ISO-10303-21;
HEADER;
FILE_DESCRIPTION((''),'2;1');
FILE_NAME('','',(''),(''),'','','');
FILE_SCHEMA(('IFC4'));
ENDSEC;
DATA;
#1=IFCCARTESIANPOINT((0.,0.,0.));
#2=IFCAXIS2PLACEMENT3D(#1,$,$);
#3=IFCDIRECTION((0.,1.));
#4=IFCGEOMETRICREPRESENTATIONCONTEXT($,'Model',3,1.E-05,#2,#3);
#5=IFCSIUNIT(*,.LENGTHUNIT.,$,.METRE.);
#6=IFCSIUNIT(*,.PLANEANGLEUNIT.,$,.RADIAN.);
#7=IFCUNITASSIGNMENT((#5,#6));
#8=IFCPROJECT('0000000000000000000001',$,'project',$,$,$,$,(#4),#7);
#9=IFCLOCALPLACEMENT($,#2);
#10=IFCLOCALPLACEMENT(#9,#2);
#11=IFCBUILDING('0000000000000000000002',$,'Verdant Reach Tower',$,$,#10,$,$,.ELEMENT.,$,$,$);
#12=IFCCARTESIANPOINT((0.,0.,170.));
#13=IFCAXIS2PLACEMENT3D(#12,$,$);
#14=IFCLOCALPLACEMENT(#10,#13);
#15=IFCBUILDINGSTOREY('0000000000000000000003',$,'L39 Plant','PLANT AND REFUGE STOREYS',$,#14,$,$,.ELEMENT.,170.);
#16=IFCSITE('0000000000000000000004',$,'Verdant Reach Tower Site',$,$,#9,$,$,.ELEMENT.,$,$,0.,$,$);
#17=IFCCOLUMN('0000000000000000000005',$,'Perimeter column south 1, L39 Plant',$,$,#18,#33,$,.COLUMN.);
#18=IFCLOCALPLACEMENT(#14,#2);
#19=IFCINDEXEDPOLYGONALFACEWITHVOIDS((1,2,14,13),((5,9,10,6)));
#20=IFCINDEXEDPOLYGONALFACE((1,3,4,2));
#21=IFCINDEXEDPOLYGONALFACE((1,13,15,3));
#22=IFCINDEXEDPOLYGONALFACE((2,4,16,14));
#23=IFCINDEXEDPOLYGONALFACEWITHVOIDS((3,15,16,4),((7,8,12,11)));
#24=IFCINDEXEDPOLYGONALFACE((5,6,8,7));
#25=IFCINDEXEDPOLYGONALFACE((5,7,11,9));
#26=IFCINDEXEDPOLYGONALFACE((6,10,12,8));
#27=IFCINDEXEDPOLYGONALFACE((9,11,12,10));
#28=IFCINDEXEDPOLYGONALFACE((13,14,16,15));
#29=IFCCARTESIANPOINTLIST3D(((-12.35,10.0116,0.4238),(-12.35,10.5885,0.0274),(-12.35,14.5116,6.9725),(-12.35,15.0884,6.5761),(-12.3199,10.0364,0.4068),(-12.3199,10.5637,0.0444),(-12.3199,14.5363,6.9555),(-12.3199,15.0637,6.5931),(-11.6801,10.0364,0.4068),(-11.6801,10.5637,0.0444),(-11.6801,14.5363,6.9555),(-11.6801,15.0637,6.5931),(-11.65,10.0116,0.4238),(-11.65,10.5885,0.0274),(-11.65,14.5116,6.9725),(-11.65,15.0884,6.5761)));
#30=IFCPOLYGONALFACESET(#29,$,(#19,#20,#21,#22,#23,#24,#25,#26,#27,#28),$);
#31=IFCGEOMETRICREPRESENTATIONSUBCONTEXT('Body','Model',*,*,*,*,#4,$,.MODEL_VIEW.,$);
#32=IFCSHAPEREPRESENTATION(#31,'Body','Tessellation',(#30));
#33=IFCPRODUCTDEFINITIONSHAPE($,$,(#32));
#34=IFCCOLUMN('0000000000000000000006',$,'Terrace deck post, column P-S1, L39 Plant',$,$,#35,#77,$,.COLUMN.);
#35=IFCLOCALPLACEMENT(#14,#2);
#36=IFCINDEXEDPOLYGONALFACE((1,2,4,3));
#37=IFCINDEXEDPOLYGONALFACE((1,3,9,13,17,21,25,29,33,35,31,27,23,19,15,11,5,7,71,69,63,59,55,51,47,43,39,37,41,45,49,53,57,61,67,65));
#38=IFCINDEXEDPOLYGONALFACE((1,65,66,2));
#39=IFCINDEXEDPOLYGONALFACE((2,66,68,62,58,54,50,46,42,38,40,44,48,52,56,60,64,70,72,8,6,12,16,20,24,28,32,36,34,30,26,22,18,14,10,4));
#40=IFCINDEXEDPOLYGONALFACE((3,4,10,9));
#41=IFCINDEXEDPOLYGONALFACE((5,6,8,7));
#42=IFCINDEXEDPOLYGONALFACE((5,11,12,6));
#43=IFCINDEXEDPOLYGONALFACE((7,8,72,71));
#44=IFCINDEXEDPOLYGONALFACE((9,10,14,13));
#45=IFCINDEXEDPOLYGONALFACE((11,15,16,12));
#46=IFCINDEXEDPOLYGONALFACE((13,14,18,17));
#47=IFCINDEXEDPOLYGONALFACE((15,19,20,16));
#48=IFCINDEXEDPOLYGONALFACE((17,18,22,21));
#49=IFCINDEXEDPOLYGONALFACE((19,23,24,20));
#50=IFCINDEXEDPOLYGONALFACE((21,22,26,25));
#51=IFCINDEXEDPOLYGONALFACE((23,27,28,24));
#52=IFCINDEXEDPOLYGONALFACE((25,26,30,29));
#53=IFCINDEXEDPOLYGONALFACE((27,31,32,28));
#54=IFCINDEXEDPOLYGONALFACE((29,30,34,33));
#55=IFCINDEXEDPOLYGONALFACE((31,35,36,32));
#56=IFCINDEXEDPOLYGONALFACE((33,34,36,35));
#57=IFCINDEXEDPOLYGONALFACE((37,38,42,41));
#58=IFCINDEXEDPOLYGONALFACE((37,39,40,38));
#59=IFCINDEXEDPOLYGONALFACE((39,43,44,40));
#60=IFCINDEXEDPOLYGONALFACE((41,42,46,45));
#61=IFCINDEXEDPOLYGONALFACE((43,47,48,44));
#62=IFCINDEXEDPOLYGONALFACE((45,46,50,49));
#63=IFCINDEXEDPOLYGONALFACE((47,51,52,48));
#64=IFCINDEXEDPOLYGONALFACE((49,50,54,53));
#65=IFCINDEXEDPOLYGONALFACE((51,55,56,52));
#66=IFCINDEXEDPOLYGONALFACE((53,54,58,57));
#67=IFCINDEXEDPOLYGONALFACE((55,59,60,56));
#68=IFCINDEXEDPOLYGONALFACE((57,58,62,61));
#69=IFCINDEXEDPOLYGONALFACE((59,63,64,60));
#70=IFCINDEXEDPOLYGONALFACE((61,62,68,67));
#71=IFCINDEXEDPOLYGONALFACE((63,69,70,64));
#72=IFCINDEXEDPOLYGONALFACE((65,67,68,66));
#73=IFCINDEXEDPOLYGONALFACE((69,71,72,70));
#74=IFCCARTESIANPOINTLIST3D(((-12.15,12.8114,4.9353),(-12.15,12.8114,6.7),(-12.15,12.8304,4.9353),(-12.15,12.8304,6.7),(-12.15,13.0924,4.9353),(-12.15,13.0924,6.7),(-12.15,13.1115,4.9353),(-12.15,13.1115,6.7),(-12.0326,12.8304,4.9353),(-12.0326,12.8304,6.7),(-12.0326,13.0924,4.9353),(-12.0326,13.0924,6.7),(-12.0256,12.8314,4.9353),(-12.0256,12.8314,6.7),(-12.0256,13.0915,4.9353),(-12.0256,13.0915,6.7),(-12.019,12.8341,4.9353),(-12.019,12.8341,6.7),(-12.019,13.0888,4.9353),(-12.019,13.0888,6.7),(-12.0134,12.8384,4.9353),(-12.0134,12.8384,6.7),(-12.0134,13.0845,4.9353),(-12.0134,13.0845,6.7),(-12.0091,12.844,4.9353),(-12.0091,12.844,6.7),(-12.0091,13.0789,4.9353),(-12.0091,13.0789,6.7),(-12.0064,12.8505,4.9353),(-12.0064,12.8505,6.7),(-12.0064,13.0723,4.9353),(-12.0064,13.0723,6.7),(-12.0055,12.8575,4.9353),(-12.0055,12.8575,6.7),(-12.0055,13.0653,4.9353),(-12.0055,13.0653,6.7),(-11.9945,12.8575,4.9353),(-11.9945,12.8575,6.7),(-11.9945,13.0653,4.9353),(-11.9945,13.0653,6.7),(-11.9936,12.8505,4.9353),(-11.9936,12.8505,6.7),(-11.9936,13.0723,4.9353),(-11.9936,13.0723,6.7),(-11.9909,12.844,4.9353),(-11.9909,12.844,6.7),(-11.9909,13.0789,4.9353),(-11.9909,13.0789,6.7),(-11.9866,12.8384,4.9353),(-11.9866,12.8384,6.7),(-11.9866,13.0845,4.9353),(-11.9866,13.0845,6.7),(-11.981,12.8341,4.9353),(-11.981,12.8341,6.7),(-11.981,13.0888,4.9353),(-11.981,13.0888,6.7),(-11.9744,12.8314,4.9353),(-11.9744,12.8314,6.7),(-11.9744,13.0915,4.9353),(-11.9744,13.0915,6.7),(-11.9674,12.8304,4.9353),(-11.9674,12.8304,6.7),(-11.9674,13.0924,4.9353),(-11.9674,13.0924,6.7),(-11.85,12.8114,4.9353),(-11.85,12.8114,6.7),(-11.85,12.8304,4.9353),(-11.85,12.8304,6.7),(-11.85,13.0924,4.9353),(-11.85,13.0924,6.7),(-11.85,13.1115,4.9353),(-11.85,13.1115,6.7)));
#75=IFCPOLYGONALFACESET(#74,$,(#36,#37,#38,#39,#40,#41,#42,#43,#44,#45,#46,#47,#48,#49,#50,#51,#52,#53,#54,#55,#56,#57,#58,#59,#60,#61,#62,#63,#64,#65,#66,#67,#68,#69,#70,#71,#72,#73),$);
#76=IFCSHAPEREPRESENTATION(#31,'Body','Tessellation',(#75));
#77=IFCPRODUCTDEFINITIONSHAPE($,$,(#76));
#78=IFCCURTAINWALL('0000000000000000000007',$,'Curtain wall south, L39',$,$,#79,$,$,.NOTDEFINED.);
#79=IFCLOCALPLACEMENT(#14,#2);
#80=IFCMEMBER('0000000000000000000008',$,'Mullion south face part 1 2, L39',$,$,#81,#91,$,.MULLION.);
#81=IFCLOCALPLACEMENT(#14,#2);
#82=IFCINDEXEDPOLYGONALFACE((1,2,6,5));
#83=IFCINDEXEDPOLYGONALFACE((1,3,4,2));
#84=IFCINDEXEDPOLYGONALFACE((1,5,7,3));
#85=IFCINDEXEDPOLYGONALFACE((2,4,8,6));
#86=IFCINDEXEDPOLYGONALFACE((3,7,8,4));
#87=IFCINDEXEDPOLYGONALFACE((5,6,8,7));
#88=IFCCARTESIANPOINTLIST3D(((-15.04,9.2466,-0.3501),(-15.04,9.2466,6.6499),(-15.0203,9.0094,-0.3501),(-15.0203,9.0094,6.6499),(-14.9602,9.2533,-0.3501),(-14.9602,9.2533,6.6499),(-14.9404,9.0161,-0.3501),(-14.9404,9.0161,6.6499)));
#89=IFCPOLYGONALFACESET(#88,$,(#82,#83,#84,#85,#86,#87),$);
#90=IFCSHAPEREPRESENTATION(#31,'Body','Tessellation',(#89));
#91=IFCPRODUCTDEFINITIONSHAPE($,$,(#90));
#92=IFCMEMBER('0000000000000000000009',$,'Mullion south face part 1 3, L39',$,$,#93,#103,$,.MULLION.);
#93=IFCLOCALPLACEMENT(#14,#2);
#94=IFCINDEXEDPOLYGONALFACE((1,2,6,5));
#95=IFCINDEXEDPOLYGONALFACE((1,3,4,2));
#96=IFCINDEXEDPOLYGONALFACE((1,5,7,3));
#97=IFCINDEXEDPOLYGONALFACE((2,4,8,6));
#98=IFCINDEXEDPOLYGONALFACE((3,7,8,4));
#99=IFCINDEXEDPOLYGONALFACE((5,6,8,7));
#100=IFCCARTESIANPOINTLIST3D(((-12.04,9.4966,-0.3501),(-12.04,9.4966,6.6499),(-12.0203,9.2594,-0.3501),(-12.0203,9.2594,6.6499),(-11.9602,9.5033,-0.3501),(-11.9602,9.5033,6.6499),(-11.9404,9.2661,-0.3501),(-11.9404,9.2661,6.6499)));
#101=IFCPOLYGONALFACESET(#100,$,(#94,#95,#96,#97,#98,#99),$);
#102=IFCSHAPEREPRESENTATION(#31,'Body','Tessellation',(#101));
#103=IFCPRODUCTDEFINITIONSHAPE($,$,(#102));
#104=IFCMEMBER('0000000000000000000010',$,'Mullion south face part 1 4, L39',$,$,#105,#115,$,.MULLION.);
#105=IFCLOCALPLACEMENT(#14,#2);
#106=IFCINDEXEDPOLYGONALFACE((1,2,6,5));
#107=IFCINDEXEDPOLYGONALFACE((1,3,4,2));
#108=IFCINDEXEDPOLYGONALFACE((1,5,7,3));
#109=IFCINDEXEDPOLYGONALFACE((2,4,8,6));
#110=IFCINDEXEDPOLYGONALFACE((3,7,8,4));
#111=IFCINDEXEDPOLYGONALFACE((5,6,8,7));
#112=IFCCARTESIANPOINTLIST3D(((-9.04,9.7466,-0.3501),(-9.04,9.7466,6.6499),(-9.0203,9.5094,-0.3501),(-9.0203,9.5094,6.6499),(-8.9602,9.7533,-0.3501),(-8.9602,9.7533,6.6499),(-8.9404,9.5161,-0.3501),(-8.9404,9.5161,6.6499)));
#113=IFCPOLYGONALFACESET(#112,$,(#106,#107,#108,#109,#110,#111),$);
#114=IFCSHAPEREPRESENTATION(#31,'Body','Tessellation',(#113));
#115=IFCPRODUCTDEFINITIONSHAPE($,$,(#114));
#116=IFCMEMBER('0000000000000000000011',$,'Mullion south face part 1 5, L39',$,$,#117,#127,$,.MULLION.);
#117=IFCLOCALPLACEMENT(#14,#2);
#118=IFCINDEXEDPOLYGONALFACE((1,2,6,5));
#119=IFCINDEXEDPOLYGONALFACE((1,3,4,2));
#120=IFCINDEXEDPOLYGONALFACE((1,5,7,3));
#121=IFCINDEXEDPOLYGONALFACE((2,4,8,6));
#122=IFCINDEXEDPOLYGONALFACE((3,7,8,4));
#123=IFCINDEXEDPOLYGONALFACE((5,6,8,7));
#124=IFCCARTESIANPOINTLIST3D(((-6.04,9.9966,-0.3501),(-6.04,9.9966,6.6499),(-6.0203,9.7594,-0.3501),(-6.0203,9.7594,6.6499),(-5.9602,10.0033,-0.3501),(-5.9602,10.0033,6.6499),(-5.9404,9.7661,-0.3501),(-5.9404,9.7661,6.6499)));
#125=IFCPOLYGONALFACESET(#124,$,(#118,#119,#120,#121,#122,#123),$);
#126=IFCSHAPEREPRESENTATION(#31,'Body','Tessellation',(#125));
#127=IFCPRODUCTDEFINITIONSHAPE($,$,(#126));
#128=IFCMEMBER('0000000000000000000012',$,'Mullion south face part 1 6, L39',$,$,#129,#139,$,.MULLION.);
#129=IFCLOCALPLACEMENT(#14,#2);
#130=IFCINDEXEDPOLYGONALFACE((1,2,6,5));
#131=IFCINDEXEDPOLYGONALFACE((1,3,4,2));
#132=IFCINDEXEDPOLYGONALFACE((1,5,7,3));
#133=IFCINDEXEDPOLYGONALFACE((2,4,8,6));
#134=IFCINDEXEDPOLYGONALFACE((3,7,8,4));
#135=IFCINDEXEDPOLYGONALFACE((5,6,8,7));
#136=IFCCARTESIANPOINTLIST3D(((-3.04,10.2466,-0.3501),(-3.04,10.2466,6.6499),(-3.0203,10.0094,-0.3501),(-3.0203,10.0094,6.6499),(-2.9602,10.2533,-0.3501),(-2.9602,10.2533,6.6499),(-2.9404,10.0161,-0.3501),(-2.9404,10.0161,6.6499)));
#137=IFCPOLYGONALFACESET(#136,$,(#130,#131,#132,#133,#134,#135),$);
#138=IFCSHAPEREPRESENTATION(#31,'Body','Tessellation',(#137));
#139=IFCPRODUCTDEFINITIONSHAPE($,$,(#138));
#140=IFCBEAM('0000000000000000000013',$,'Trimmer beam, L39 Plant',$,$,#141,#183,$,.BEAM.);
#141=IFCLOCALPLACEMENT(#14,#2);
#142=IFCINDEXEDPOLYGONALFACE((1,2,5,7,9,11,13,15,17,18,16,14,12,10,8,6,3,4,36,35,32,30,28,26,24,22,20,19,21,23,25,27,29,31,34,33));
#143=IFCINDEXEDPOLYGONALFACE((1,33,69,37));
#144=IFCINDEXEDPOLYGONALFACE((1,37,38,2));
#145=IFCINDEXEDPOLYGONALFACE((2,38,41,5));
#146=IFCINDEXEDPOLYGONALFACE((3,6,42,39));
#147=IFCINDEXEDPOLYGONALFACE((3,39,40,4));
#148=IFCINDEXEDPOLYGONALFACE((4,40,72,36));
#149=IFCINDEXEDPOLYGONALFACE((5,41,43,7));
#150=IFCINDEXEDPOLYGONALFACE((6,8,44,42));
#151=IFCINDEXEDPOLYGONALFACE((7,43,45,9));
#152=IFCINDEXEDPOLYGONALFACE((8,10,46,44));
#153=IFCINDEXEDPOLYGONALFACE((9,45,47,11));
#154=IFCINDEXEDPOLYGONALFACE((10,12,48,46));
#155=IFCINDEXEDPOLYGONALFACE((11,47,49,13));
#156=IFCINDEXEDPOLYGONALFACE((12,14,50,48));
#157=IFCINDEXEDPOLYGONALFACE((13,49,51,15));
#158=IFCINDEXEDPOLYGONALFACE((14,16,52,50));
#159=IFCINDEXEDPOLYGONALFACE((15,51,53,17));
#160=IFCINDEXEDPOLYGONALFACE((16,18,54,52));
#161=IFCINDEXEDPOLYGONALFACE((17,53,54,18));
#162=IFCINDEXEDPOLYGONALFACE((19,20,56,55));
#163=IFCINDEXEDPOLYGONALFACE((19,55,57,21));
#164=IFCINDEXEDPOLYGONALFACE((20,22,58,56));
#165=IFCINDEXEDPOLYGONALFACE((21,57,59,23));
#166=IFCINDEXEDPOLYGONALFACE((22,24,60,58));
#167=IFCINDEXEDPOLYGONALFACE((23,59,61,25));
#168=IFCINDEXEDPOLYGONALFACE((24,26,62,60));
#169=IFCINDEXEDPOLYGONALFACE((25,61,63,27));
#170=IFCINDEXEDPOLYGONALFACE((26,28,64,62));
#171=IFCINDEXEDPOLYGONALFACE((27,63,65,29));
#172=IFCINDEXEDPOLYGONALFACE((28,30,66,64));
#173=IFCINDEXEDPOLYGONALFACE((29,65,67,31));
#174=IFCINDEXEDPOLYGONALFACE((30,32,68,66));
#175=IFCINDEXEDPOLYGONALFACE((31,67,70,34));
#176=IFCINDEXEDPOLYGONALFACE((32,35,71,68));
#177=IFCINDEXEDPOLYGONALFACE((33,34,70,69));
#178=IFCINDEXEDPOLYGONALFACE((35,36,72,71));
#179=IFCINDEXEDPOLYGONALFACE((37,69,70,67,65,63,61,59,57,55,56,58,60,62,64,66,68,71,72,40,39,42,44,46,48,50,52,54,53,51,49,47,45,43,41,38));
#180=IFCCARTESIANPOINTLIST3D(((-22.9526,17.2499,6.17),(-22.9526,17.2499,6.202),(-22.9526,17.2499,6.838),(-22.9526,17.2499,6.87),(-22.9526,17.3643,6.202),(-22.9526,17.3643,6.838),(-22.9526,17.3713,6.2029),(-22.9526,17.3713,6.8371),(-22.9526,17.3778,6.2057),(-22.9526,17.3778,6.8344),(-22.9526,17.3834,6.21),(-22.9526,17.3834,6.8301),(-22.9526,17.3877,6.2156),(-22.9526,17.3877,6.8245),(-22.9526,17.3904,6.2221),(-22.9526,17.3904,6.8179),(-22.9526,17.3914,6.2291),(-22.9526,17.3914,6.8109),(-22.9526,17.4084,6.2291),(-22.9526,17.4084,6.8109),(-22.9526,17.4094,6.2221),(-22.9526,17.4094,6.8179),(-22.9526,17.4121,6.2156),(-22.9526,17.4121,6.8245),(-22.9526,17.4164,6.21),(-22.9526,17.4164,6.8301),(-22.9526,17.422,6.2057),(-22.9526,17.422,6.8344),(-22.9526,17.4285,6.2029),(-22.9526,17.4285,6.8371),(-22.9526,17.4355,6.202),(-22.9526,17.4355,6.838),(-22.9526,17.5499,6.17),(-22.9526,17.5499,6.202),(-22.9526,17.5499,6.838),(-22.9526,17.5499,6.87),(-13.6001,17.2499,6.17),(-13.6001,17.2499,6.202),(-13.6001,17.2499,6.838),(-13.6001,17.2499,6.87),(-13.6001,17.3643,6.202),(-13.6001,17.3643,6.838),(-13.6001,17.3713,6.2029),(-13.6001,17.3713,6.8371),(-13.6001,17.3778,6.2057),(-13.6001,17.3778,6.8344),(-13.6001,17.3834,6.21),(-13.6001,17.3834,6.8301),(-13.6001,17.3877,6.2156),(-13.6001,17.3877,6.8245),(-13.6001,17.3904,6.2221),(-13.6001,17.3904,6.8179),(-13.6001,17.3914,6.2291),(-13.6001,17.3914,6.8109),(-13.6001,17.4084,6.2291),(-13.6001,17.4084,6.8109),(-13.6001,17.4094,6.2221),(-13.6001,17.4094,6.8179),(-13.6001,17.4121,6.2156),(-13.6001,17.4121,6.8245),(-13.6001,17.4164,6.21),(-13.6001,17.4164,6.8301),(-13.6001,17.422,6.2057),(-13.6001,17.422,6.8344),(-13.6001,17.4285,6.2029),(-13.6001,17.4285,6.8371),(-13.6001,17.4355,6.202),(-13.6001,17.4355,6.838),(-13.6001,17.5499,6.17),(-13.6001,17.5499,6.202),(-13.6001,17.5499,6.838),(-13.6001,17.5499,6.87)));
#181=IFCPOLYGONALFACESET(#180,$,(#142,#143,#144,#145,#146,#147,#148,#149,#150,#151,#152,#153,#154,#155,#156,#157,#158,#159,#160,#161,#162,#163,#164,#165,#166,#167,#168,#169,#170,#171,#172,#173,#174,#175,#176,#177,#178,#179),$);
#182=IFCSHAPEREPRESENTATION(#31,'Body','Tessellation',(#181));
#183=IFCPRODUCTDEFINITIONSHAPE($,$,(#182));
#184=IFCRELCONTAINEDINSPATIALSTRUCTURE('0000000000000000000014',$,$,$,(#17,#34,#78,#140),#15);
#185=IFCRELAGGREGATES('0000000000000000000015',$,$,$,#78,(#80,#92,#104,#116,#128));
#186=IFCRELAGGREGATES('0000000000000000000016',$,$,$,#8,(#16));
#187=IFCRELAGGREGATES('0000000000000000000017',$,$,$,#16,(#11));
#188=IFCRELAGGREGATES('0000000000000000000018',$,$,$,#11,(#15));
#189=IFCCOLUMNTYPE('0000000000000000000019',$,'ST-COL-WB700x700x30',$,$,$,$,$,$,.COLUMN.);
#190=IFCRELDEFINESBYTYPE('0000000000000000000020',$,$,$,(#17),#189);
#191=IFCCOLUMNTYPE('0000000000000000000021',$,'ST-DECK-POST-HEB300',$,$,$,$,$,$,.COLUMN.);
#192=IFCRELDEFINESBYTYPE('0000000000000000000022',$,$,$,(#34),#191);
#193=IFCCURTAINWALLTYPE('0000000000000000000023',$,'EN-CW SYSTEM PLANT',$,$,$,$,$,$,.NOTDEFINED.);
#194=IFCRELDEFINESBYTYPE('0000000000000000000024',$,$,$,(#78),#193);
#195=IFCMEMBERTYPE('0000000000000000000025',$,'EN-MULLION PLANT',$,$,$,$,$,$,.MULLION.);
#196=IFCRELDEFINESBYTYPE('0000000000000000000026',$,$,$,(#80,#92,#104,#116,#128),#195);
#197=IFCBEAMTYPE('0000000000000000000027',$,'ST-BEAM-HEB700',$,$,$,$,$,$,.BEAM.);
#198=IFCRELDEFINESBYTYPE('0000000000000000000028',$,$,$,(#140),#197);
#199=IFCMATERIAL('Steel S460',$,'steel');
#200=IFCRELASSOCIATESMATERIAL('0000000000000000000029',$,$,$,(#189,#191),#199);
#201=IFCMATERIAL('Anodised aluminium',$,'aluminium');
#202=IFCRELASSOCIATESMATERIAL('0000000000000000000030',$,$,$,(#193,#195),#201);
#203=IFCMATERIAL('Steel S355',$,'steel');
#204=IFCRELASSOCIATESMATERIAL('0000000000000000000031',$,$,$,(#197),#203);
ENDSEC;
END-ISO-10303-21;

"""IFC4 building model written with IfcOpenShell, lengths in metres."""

from ifc_helpers import new_model, si_unit, direction, frame, origin, origin_2d, place, context, subcontext, project, spatial, rectangle, hollow_rectangle, i_section, extrude, material, material_profile, profile_set, type_object, element, aggregate, save


model = new_model("IFC4")

# Units and contexts
model_context = context("Model", 3, precision=1e-05, world=origin(), true_north=direction((0.0, 1.0)))
body_context = subcontext(model_context, "Body", "Model", "MODEL_VIEW")
ifc_project = project(units=[si_unit("LENGTHUNIT", "METRE"), si_unit("PLANEANGLEUNIT", "RADIAN")], contexts=[model_context])

# Site, building, storey
site_placement = place(None, origin())
site = spatial("IfcSite", under=ifc_project, at=site_placement, Name="Verdant Reach Tower Site", CompositionType="ELEMENT", RefElevation=0.0)
building_placement = place(site_placement, origin())
building = spatial("IfcBuilding", under=site, at=building_placement, Name="Verdant Reach Tower", CompositionType="ELEMENT")
storey_placement = place(building_placement, frame((0.0, 0.0, 170.0)))
storey = spatial("IfcBuildingStorey", under=building, at=storey_placement, Name="L39 Plant", Description="PLANT AND REFUGE STOREYS", CompositionType="ELEMENT", Elevation=170.0)

# Columns
ifc_material_1 = material(Name="Steel S460", Category="steel")
ifc_material_profile_1 = material_profile(ifc_material_1, hollow_rectangle(XDim=0.7, YDim=0.7, WallThickness=0.03, at=origin_2d()), Name="WB 700x700x30")
ifc_profile_set_1 = profile_set([ifc_material_profile_1], Name="Steel S460")
column_type_1 = type_object("IfcColumnType", Name="ST-COL-WB700x700x30", PredefinedType="COLUMN", material=ifc_profile_set_1)
column_1_placement = place(storey_placement, frame((-12.0, 10.3, 0.2256), z_axis=(0.0, 0.566331, 0.824178), x_axis=(-1.0, 0.0, 0.0)))
element("IfcColumn", 1, at=column_1_placement, inside=storey, type_object=column_type_1, Name="Perimeter column south 1, L39 Plant", PredefinedType="COLUMN", context=body_context, shape_type="SweptSolid", body=[
    extrude(hollow_rectangle(XDim=0.7, YDim=0.7, WallThickness=0.03, at=origin_2d()), origin(), (0.0, 0.0, 1.0), 7.9458),
])
ifc_material_profile_2 = material_profile(ifc_material_1, i_section(OverallWidth=0.3, OverallDepth=0.3, WebThickness=0.011, FlangeThickness=0.019, FilletRadius=0.0271, at=origin_2d()), Name="HEB 300")
ifc_profile_set_2 = profile_set([ifc_material_profile_2], Name="Steel S460")
column_type_2 = type_object("IfcColumnType", Name="ST-DECK-POST-HEB300", PredefinedType="COLUMN", material=ifc_profile_set_2)
column_2_placement = place(storey_placement, frame((-12.0, 12.9614, 4.9353), z_axis=(0.0, 0.0, 1.0), x_axis=(1.0, 0.0, 0.0)))
element("IfcColumn", 2, at=column_2_placement, inside=storey, type_object=column_type_2, Name="Terrace deck post, column P-S1, L39 Plant", PredefinedType="COLUMN", context=body_context, shape_type="SweptSolid", body=[
    extrude(i_section(OverallWidth=0.3, OverallDepth=0.3, WebThickness=0.011, FlangeThickness=0.019, FilletRadius=0.0271, at=origin_2d()), origin(), (0.0, 0.0, 1.0), 1.7646),
])

# Curtain wall, members
ifc_material_2 = material(Name="Anodised aluminium", Category="aluminium")
curtain_wall_type = type_object("IfcCurtainWallType", Name="EN-CW SYSTEM PLANT", PredefinedType="NOTDEFINED", material=ifc_material_2)
curtain_wall_placement = place(storey_placement, origin())
curtain_wall = element("IfcCurtainWall", 3, at=curtain_wall_placement, inside=storey, type_object=curtain_wall_type, Name="Curtain wall south, L39", PredefinedType="NOTDEFINED")
ifc_material_profile_3 = material_profile(ifc_material_2, rectangle(XDim=0.238, YDim=0.0801, at=origin_2d()), Name="Mullion 80x240")
ifc_profile_set_3 = profile_set([ifc_material_profile_3], Name="Anodised aluminium")
member_type_1 = type_object("IfcMemberType", Name="EN-MULLION PLANT", PredefinedType="MULLION", material=ifc_profile_set_3)
member_1_placement = place(storey_placement, frame((-14.9902, 9.1313, -0.3501), z_axis=(0.0, 0.0, 1.0), x_axis=(0.083045, -0.996546, 0.0)))
member_1 = element("IfcMember", 4, at=member_1_placement, type_object=member_type_1, Name="Mullion south face part 1 2, L39", PredefinedType="MULLION", context=body_context, shape_type="SweptSolid", body=[
    extrude(rectangle(XDim=0.238, YDim=0.0801, at=origin_2d()), origin(), (0.0, 0.0, 1.0), 7.0),
])
member_2_placement = place(storey_placement, frame((-11.9902, 9.3813, -0.3501), z_axis=(0.0, 0.0, 1.0), x_axis=(0.083045, -0.996546, 0.0)))
member_2 = element("IfcMember", 5, at=member_2_placement, type_object=member_type_1, Name="Mullion south face part 1 3, L39", PredefinedType="MULLION", context=body_context, shape_type="SweptSolid", body=[
    extrude(rectangle(XDim=0.238, YDim=0.0801, at=origin_2d()), origin(), (0.0, 0.0, 1.0), 7.0),
])
member_3_placement = place(storey_placement, frame((-8.9902, 9.6313, -0.3501), z_axis=(0.0, 0.0, 1.0), x_axis=(0.083045, -0.996546, 0.0)))
member_3 = element("IfcMember", 6, at=member_3_placement, type_object=member_type_1, Name="Mullion south face part 1 4, L39", PredefinedType="MULLION", context=body_context, shape_type="SweptSolid", body=[
    extrude(rectangle(XDim=0.238, YDim=0.0801, at=origin_2d()), origin(), (0.0, 0.0, 1.0), 7.0),
])
member_4_placement = place(storey_placement, frame((-5.9902, 9.8813, -0.3501), z_axis=(0.0, 0.0, 1.0), x_axis=(0.083045, -0.996546, 0.0)))
member_4 = element("IfcMember", 7, at=member_4_placement, type_object=member_type_1, Name="Mullion south face part 1 5, L39", PredefinedType="MULLION", context=body_context, shape_type="SweptSolid", body=[
    extrude(rectangle(XDim=0.238, YDim=0.0801, at=origin_2d()), origin(), (0.0, 0.0, 1.0), 7.0),
])
member_5_placement = place(storey_placement, frame((-2.9902, 10.1313, -0.3501), z_axis=(0.0, 0.0, 1.0), x_axis=(0.083045, -0.996546, 0.0)))
member_5 = element("IfcMember", 8, at=member_5_placement, type_object=member_type_1, Name="Mullion south face part 1 6, L39", PredefinedType="MULLION", context=body_context, shape_type="SweptSolid", body=[
    extrude(rectangle(XDim=0.238, YDim=0.0801, at=origin_2d()), origin(), (0.0, 0.0, 1.0), 7.0),
])

# Beam
ifc_material_3 = material(Name="Steel S355", Category="steel")
ifc_material_profile_4 = material_profile(ifc_material_3, i_section(OverallWidth=0.3, OverallDepth=0.7, WebThickness=0.0171, FlangeThickness=0.032, FilletRadius=0.0271, at=origin_2d()), Name="HEB 700")
ifc_profile_set_4 = profile_set([ifc_material_profile_4], Name="Steel S355")
beam_type_1 = type_object("IfcBeamType", Name="ST-BEAM-HEB700", PredefinedType="BEAM", material=ifc_profile_set_4)
beam_1_placement = place(storey_placement, frame((-13.6001, 17.3999, 6.52), z_axis=(-1.0, 0.0, 0.0), x_axis=(0.0, -1.0, 0.0)))
element("IfcBeam", 9, at=beam_1_placement, inside=storey, type_object=beam_type_1, Name="Trimmer beam, L39 Plant", PredefinedType="BEAM", context=body_context, shape_type="SweptSolid", body=[
    extrude(i_section(OverallWidth=0.3, OverallDepth=0.7, WebThickness=0.0171, FlangeThickness=0.032, FilletRadius=0.0271, at=origin_2d()), origin(), (0.0, 0.0, 1.0), 9.3525),
])

aggregate(curtain_wall, [member_1, member_2, member_3, member_4, member_5])

save(model, "model.ifc")
